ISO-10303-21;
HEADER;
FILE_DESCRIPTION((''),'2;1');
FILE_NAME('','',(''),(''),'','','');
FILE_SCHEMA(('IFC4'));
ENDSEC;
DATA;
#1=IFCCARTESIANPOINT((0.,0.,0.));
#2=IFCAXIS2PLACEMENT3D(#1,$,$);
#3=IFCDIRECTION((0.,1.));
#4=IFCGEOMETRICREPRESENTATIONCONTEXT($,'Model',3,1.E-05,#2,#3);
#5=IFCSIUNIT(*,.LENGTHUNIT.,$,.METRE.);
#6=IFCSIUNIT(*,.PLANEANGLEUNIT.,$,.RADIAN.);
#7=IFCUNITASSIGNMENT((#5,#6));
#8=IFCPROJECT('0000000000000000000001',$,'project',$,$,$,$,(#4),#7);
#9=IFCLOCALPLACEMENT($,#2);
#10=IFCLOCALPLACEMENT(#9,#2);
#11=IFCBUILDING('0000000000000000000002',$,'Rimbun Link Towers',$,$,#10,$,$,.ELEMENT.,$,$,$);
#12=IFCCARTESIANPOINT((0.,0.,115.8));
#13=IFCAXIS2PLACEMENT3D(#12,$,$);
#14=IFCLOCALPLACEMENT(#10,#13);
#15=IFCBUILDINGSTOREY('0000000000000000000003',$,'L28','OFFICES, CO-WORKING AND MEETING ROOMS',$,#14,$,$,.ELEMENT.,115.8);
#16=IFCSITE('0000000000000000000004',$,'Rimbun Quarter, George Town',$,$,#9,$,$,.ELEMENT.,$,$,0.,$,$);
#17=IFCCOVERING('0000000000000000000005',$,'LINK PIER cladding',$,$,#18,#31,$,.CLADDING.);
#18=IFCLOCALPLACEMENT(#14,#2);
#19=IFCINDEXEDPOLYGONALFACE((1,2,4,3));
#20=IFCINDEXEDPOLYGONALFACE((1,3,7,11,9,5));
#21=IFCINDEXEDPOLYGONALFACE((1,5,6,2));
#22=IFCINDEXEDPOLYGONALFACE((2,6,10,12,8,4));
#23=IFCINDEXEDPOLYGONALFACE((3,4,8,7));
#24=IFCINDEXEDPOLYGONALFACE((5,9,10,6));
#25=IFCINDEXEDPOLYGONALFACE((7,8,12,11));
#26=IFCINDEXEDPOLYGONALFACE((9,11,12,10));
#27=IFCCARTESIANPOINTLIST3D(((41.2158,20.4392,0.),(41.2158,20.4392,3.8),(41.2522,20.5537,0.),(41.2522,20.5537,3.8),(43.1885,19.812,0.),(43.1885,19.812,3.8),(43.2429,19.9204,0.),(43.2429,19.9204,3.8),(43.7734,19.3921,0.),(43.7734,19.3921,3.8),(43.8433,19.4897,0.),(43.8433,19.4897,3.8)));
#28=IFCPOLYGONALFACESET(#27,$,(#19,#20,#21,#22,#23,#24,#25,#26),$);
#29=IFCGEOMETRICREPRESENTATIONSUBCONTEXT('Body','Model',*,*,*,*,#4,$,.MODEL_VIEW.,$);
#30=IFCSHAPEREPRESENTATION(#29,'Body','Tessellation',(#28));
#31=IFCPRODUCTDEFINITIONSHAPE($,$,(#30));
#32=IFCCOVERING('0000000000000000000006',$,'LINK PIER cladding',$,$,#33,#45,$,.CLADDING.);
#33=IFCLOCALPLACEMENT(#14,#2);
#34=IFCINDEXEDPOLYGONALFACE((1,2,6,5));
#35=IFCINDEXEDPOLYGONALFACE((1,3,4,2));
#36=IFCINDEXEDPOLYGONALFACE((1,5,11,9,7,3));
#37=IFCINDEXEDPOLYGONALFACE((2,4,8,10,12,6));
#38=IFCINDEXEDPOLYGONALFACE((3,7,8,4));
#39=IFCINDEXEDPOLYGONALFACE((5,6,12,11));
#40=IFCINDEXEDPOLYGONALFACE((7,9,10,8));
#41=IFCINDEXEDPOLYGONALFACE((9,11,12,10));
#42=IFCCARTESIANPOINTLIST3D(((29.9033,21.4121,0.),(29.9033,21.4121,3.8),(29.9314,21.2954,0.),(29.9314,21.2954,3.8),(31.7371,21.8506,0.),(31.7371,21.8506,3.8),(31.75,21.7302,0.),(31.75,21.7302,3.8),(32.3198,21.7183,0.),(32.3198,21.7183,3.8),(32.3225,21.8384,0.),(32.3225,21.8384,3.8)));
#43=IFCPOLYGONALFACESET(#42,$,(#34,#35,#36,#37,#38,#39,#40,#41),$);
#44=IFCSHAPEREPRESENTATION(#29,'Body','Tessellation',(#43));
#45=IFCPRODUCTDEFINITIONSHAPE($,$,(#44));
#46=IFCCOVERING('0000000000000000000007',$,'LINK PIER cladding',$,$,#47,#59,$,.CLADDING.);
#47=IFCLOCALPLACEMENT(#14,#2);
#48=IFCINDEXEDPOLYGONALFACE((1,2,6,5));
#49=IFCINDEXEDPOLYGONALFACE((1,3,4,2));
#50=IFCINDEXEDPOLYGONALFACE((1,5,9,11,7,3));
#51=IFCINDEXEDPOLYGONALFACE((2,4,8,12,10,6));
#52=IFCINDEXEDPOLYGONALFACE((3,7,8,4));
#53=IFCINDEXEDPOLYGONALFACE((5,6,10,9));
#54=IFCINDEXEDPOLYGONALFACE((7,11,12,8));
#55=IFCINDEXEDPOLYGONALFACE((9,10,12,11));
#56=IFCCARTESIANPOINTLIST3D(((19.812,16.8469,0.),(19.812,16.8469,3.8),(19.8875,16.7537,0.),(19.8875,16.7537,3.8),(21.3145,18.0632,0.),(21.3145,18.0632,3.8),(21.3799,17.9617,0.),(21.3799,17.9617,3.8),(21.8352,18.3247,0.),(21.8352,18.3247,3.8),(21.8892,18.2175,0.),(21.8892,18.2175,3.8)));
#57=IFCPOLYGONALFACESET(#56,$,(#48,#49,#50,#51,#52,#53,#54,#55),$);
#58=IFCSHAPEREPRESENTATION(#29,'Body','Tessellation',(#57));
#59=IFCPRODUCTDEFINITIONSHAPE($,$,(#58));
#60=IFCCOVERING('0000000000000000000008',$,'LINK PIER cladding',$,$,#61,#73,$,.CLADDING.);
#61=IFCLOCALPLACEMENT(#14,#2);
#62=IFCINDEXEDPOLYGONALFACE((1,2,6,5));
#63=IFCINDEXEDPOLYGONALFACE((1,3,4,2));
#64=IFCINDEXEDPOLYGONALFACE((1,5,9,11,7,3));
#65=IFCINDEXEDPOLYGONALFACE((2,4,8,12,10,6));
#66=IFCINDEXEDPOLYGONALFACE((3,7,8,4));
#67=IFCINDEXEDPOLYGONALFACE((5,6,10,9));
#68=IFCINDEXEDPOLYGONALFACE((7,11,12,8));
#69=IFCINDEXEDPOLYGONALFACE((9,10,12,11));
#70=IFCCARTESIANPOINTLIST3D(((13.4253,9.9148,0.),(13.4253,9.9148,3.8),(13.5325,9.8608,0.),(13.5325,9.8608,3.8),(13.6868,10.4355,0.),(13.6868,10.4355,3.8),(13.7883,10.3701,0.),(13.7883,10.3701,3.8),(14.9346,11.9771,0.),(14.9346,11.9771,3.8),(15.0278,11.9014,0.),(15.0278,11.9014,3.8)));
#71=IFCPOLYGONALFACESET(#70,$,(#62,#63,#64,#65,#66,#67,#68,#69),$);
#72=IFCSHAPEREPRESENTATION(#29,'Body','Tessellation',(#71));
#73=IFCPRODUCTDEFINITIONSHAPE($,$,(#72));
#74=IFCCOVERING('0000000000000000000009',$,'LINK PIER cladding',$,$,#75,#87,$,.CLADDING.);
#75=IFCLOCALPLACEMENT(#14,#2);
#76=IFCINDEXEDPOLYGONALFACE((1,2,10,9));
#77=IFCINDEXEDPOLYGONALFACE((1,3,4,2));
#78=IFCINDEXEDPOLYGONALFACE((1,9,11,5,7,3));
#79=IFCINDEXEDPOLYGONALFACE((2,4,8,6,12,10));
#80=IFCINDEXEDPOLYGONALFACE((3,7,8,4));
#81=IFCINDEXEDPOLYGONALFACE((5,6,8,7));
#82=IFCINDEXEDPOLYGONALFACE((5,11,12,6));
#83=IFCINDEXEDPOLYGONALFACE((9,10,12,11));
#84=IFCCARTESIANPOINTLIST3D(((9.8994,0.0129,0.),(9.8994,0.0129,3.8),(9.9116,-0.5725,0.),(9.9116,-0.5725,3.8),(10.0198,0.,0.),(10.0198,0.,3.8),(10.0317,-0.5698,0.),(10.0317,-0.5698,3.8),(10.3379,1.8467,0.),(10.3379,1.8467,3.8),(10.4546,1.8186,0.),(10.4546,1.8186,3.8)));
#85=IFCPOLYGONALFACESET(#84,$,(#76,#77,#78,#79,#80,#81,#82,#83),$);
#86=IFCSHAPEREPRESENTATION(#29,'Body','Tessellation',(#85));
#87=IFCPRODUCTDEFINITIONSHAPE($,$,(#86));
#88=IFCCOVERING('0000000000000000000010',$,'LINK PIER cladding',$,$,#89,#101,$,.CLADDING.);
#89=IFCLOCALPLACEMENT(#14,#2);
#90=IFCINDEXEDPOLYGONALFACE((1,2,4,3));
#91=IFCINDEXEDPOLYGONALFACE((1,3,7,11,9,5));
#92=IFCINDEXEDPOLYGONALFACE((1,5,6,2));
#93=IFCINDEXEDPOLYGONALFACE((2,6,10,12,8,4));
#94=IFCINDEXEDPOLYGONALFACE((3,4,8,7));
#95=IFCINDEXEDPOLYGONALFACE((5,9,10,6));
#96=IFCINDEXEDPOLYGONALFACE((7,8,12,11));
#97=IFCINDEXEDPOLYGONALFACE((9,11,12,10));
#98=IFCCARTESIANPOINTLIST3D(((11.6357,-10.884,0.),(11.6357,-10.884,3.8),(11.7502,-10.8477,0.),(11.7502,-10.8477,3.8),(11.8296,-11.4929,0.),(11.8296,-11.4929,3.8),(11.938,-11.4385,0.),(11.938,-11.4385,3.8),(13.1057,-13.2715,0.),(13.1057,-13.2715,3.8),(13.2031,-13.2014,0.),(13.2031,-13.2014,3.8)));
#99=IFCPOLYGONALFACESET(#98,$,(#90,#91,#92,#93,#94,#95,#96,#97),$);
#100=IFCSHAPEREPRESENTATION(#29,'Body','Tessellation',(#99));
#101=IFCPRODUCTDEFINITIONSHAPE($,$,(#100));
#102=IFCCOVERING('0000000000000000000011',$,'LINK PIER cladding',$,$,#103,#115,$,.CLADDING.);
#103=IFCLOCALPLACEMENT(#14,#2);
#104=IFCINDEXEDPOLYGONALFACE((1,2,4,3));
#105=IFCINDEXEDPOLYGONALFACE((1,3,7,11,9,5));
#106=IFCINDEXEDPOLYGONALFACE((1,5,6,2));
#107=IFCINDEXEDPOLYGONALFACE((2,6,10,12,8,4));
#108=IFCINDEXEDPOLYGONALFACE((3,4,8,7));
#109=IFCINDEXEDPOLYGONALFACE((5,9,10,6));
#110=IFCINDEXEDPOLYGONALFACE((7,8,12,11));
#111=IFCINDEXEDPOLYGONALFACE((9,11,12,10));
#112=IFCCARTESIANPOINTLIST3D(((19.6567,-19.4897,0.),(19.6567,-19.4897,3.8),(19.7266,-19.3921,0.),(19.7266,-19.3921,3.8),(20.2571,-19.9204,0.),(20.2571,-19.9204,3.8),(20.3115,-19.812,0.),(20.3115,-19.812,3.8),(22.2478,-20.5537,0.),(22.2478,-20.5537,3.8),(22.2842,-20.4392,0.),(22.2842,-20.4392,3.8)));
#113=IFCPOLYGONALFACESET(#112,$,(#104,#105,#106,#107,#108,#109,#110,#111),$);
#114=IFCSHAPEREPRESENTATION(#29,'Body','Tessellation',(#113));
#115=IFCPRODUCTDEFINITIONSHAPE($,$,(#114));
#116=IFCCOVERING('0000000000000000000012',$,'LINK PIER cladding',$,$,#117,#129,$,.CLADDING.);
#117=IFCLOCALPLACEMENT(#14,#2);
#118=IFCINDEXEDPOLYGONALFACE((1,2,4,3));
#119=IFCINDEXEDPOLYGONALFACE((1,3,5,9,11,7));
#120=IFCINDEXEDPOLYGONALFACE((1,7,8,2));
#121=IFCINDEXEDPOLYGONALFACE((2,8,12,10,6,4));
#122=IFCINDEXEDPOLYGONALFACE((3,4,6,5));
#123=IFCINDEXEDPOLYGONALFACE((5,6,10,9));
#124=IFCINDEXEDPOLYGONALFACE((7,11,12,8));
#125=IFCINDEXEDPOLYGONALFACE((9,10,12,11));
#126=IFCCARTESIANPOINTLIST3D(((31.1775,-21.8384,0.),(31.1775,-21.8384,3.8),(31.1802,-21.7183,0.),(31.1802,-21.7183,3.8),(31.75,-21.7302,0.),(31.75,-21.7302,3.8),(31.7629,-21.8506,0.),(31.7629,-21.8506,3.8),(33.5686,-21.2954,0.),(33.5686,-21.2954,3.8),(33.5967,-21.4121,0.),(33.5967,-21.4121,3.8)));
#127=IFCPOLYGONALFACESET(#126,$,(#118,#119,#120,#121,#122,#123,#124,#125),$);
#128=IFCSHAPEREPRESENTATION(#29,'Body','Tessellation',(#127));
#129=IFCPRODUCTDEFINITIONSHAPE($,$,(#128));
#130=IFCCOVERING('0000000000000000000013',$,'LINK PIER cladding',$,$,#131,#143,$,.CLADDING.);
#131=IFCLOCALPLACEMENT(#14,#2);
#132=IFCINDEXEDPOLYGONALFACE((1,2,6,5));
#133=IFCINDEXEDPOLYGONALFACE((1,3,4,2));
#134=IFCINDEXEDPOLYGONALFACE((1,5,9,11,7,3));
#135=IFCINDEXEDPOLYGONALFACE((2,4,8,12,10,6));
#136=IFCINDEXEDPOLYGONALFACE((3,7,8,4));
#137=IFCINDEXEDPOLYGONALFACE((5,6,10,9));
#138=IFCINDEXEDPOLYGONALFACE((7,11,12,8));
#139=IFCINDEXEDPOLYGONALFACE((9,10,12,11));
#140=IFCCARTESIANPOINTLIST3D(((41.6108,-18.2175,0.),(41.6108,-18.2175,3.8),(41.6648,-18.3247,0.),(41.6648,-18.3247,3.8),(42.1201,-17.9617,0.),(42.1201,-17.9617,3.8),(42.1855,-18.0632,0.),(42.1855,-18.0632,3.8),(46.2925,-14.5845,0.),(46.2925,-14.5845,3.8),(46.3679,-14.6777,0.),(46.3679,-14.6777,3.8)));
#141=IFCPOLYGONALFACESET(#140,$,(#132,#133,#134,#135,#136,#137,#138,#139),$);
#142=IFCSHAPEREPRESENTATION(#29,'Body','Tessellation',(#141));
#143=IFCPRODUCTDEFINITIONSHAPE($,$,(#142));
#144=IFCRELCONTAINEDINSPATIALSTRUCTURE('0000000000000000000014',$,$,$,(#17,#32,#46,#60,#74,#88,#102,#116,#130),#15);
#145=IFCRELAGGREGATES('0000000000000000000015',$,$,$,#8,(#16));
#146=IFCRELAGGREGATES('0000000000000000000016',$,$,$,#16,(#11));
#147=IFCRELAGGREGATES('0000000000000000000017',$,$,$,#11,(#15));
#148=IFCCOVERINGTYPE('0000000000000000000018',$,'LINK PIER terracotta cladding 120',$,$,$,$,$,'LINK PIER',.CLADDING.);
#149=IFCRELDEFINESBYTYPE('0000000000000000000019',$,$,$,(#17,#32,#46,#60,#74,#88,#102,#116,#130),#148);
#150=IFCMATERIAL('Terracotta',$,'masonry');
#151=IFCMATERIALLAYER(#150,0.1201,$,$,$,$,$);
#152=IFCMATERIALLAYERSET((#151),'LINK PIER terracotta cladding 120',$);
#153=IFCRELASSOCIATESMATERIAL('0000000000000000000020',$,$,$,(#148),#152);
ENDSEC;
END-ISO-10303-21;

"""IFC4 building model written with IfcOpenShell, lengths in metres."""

from ifc_helpers import new_model, si_unit, direction, frame, origin, place, context, subcontext, project, spatial, polyline, outline, extrude, material, layer, layer_set, type_object, element, save


model = new_model("IFC4")

# Units and contexts
model_context = context("Model", 3, precision=1e-05, world=origin(), true_north=direction((0.0, 1.0)))
body_context = subcontext(model_context, "Body", "Model", "MODEL_VIEW")
ifc_project = project(units=[si_unit("LENGTHUNIT", "METRE"), si_unit("PLANEANGLEUNIT", "RADIAN")], contexts=[model_context])

# Site, building, storey
site_placement = place(None, origin())
site = spatial("IfcSite", under=ifc_project, at=site_placement, Name="Rimbun Quarter, George Town", CompositionType="ELEMENT", RefElevation=0.0)
building_placement = place(site_placement, origin())
building = spatial("IfcBuilding", under=site, at=building_placement, Name="Rimbun Link Towers", CompositionType="ELEMENT")
storey_placement = place(building_placement, frame((0.0, 0.0, 115.8)))
storey = spatial("IfcBuildingStorey", under=building, at=storey_placement, Name="L28", Description="OFFICES, CO-WORKING AND MEETING ROOMS", CompositionType="ELEMENT", Elevation=115.8)

# Coverings
ifc_material_1 = material(Name="Terracotta", Category="masonry")
ifc_layer_1 = layer(ifc_material_1, 0.1201)
ifc_layer_set_1 = layer_set([ifc_layer_1], Name="LINK PIER terracotta cladding 120")
covering_type_1 = type_object("IfcCoveringType", Name="LINK PIER terracotta cladding 120", ElementType="LINK PIER", PredefinedType="CLADDING", material=ifc_layer_set_1)
covering_1_placement = place(storey_placement, origin())
element("IfcCovering", 1, at=covering_1_placement, inside=storey, type_object=covering_type_1, Name="LINK PIER cladding", PredefinedType="CLADDING", context=body_context, shape_type="SweptSolid", body=[
    extrude(outline(polyline([(41.2158, 20.4392), (43.1885, 19.812), (43.7734, 19.3921), (43.8433, 19.4897), (43.2429, 19.9204), (41.2522, 20.5537), (41.2158, 20.4392)])), origin(), (0.0, 0.0, 1.0), 3.8),
])
covering_2_placement = place(storey_placement, origin())
element("IfcCovering", 2, at=covering_2_placement, inside=storey, type_object=covering_type_1, Name="LINK PIER cladding", PredefinedType="CLADDING", context=body_context, shape_type="SweptSolid", body=[
    extrude(outline(polyline([(29.9314, 21.2954), (31.75, 21.7302), (32.3198, 21.7183), (32.3225, 21.8384), (31.7371, 21.8506), (29.9033, 21.4121), (29.9314, 21.2954)])), origin(), (0.0, 0.0, 1.0), 3.8),
])
covering_3_placement = place(storey_placement, origin())
element("IfcCovering", 3, at=covering_3_placement, inside=storey, type_object=covering_type_1, Name="LINK PIER cladding", PredefinedType="CLADDING", context=body_context, shape_type="SweptSolid", body=[
    extrude(outline(polyline([(19.8875, 16.7537), (21.3799, 17.9617), (21.8892, 18.2175), (21.8352, 18.3247), (21.3145, 18.0632), (19.812, 16.8469), (19.8875, 16.7537)])), origin(), (0.0, 0.0, 1.0), 3.8),
])
covering_4_placement = place(storey_placement, origin())
element("IfcCovering", 4, at=covering_4_placement, inside=storey, type_object=covering_type_1, Name="LINK PIER cladding", PredefinedType="CLADDING", context=body_context, shape_type="SweptSolid", body=[
    extrude(outline(polyline([(13.5325, 9.8608), (13.7883, 10.3701), (15.0278, 11.9014), (14.9346, 11.9771), (13.6868, 10.4355), (13.4253, 9.9148), (13.5325, 9.8608)])), origin(), (0.0, 0.0, 1.0), 3.8),
])
covering_5_placement = place(storey_placement, origin())
element("IfcCovering", 5, at=covering_5_placement, inside=storey, type_object=covering_type_1, Name="LINK PIER cladding", PredefinedType="CLADDING", context=body_context, shape_type="SweptSolid", body=[
    extrude(outline(polyline([(10.0317, -0.5698), (10.0198, 0.0), (10.4546, 1.8186), (10.3379, 1.8467), (9.8994, 0.0129), (9.9116, -0.5725), (10.0317, -0.5698)])), origin(), (0.0, 0.0, 1.0), 3.8),
])
covering_6_placement = place(storey_placement, origin())
element("IfcCovering", 6, at=covering_6_placement, inside=storey, type_object=covering_type_1, Name="LINK PIER cladding", PredefinedType="CLADDING", context=body_context, shape_type="SweptSolid", body=[
    extrude(outline(polyline([(13.2031, -13.2014), (11.938, -11.4385), (11.7502, -10.8477), (11.6357, -10.884), (11.8296, -11.4929), (13.1057, -13.2715), (13.2031, -13.2014)])), origin(), (0.0, 0.0, 1.0), 3.8),
])
covering_7_placement = place(storey_placement, origin())
element("IfcCovering", 7, at=covering_7_placement, inside=storey, type_object=covering_type_1, Name="LINK PIER cladding", PredefinedType="CLADDING", context=body_context, shape_type="SweptSolid", body=[
    extrude(outline(polyline([(22.2842, -20.4392), (20.3115, -19.812), (19.7266, -19.3921), (19.6567, -19.4897), (20.2571, -19.9204), (22.2478, -20.5537), (22.2842, -20.4392)])), origin(), (0.0, 0.0, 1.0), 3.8),
])
covering_8_placement = place(storey_placement, origin())
element("IfcCovering", 8, at=covering_8_placement, inside=storey, type_object=covering_type_1, Name="LINK PIER cladding", PredefinedType="CLADDING", context=body_context, shape_type="SweptSolid", body=[
    extrude(outline(polyline([(33.5686, -21.2954), (31.75, -21.7302), (31.1802, -21.7183), (31.1775, -21.8384), (31.7629, -21.8506), (33.5967, -21.4121), (33.5686, -21.2954)])), origin(), (0.0, 0.0, 1.0), 3.8),
])
covering_9_placement = place(storey_placement, origin())
element("IfcCovering", 9, at=covering_9_placement, inside=storey, type_object=covering_type_1, Name="LINK PIER cladding", PredefinedType="CLADDING", context=body_context, shape_type="SweptSolid", body=[
    extrude(outline(polyline([(46.2925, -14.5845), (42.1201, -17.9617), (41.6108, -18.2175), (41.6648, -18.3247), (42.1855, -18.0632), (46.3679, -14.6777), (46.2925, -14.5845)])), origin(), (0.0, 0.0, 1.0), 3.8),
])

save(model, "model.ifc")
